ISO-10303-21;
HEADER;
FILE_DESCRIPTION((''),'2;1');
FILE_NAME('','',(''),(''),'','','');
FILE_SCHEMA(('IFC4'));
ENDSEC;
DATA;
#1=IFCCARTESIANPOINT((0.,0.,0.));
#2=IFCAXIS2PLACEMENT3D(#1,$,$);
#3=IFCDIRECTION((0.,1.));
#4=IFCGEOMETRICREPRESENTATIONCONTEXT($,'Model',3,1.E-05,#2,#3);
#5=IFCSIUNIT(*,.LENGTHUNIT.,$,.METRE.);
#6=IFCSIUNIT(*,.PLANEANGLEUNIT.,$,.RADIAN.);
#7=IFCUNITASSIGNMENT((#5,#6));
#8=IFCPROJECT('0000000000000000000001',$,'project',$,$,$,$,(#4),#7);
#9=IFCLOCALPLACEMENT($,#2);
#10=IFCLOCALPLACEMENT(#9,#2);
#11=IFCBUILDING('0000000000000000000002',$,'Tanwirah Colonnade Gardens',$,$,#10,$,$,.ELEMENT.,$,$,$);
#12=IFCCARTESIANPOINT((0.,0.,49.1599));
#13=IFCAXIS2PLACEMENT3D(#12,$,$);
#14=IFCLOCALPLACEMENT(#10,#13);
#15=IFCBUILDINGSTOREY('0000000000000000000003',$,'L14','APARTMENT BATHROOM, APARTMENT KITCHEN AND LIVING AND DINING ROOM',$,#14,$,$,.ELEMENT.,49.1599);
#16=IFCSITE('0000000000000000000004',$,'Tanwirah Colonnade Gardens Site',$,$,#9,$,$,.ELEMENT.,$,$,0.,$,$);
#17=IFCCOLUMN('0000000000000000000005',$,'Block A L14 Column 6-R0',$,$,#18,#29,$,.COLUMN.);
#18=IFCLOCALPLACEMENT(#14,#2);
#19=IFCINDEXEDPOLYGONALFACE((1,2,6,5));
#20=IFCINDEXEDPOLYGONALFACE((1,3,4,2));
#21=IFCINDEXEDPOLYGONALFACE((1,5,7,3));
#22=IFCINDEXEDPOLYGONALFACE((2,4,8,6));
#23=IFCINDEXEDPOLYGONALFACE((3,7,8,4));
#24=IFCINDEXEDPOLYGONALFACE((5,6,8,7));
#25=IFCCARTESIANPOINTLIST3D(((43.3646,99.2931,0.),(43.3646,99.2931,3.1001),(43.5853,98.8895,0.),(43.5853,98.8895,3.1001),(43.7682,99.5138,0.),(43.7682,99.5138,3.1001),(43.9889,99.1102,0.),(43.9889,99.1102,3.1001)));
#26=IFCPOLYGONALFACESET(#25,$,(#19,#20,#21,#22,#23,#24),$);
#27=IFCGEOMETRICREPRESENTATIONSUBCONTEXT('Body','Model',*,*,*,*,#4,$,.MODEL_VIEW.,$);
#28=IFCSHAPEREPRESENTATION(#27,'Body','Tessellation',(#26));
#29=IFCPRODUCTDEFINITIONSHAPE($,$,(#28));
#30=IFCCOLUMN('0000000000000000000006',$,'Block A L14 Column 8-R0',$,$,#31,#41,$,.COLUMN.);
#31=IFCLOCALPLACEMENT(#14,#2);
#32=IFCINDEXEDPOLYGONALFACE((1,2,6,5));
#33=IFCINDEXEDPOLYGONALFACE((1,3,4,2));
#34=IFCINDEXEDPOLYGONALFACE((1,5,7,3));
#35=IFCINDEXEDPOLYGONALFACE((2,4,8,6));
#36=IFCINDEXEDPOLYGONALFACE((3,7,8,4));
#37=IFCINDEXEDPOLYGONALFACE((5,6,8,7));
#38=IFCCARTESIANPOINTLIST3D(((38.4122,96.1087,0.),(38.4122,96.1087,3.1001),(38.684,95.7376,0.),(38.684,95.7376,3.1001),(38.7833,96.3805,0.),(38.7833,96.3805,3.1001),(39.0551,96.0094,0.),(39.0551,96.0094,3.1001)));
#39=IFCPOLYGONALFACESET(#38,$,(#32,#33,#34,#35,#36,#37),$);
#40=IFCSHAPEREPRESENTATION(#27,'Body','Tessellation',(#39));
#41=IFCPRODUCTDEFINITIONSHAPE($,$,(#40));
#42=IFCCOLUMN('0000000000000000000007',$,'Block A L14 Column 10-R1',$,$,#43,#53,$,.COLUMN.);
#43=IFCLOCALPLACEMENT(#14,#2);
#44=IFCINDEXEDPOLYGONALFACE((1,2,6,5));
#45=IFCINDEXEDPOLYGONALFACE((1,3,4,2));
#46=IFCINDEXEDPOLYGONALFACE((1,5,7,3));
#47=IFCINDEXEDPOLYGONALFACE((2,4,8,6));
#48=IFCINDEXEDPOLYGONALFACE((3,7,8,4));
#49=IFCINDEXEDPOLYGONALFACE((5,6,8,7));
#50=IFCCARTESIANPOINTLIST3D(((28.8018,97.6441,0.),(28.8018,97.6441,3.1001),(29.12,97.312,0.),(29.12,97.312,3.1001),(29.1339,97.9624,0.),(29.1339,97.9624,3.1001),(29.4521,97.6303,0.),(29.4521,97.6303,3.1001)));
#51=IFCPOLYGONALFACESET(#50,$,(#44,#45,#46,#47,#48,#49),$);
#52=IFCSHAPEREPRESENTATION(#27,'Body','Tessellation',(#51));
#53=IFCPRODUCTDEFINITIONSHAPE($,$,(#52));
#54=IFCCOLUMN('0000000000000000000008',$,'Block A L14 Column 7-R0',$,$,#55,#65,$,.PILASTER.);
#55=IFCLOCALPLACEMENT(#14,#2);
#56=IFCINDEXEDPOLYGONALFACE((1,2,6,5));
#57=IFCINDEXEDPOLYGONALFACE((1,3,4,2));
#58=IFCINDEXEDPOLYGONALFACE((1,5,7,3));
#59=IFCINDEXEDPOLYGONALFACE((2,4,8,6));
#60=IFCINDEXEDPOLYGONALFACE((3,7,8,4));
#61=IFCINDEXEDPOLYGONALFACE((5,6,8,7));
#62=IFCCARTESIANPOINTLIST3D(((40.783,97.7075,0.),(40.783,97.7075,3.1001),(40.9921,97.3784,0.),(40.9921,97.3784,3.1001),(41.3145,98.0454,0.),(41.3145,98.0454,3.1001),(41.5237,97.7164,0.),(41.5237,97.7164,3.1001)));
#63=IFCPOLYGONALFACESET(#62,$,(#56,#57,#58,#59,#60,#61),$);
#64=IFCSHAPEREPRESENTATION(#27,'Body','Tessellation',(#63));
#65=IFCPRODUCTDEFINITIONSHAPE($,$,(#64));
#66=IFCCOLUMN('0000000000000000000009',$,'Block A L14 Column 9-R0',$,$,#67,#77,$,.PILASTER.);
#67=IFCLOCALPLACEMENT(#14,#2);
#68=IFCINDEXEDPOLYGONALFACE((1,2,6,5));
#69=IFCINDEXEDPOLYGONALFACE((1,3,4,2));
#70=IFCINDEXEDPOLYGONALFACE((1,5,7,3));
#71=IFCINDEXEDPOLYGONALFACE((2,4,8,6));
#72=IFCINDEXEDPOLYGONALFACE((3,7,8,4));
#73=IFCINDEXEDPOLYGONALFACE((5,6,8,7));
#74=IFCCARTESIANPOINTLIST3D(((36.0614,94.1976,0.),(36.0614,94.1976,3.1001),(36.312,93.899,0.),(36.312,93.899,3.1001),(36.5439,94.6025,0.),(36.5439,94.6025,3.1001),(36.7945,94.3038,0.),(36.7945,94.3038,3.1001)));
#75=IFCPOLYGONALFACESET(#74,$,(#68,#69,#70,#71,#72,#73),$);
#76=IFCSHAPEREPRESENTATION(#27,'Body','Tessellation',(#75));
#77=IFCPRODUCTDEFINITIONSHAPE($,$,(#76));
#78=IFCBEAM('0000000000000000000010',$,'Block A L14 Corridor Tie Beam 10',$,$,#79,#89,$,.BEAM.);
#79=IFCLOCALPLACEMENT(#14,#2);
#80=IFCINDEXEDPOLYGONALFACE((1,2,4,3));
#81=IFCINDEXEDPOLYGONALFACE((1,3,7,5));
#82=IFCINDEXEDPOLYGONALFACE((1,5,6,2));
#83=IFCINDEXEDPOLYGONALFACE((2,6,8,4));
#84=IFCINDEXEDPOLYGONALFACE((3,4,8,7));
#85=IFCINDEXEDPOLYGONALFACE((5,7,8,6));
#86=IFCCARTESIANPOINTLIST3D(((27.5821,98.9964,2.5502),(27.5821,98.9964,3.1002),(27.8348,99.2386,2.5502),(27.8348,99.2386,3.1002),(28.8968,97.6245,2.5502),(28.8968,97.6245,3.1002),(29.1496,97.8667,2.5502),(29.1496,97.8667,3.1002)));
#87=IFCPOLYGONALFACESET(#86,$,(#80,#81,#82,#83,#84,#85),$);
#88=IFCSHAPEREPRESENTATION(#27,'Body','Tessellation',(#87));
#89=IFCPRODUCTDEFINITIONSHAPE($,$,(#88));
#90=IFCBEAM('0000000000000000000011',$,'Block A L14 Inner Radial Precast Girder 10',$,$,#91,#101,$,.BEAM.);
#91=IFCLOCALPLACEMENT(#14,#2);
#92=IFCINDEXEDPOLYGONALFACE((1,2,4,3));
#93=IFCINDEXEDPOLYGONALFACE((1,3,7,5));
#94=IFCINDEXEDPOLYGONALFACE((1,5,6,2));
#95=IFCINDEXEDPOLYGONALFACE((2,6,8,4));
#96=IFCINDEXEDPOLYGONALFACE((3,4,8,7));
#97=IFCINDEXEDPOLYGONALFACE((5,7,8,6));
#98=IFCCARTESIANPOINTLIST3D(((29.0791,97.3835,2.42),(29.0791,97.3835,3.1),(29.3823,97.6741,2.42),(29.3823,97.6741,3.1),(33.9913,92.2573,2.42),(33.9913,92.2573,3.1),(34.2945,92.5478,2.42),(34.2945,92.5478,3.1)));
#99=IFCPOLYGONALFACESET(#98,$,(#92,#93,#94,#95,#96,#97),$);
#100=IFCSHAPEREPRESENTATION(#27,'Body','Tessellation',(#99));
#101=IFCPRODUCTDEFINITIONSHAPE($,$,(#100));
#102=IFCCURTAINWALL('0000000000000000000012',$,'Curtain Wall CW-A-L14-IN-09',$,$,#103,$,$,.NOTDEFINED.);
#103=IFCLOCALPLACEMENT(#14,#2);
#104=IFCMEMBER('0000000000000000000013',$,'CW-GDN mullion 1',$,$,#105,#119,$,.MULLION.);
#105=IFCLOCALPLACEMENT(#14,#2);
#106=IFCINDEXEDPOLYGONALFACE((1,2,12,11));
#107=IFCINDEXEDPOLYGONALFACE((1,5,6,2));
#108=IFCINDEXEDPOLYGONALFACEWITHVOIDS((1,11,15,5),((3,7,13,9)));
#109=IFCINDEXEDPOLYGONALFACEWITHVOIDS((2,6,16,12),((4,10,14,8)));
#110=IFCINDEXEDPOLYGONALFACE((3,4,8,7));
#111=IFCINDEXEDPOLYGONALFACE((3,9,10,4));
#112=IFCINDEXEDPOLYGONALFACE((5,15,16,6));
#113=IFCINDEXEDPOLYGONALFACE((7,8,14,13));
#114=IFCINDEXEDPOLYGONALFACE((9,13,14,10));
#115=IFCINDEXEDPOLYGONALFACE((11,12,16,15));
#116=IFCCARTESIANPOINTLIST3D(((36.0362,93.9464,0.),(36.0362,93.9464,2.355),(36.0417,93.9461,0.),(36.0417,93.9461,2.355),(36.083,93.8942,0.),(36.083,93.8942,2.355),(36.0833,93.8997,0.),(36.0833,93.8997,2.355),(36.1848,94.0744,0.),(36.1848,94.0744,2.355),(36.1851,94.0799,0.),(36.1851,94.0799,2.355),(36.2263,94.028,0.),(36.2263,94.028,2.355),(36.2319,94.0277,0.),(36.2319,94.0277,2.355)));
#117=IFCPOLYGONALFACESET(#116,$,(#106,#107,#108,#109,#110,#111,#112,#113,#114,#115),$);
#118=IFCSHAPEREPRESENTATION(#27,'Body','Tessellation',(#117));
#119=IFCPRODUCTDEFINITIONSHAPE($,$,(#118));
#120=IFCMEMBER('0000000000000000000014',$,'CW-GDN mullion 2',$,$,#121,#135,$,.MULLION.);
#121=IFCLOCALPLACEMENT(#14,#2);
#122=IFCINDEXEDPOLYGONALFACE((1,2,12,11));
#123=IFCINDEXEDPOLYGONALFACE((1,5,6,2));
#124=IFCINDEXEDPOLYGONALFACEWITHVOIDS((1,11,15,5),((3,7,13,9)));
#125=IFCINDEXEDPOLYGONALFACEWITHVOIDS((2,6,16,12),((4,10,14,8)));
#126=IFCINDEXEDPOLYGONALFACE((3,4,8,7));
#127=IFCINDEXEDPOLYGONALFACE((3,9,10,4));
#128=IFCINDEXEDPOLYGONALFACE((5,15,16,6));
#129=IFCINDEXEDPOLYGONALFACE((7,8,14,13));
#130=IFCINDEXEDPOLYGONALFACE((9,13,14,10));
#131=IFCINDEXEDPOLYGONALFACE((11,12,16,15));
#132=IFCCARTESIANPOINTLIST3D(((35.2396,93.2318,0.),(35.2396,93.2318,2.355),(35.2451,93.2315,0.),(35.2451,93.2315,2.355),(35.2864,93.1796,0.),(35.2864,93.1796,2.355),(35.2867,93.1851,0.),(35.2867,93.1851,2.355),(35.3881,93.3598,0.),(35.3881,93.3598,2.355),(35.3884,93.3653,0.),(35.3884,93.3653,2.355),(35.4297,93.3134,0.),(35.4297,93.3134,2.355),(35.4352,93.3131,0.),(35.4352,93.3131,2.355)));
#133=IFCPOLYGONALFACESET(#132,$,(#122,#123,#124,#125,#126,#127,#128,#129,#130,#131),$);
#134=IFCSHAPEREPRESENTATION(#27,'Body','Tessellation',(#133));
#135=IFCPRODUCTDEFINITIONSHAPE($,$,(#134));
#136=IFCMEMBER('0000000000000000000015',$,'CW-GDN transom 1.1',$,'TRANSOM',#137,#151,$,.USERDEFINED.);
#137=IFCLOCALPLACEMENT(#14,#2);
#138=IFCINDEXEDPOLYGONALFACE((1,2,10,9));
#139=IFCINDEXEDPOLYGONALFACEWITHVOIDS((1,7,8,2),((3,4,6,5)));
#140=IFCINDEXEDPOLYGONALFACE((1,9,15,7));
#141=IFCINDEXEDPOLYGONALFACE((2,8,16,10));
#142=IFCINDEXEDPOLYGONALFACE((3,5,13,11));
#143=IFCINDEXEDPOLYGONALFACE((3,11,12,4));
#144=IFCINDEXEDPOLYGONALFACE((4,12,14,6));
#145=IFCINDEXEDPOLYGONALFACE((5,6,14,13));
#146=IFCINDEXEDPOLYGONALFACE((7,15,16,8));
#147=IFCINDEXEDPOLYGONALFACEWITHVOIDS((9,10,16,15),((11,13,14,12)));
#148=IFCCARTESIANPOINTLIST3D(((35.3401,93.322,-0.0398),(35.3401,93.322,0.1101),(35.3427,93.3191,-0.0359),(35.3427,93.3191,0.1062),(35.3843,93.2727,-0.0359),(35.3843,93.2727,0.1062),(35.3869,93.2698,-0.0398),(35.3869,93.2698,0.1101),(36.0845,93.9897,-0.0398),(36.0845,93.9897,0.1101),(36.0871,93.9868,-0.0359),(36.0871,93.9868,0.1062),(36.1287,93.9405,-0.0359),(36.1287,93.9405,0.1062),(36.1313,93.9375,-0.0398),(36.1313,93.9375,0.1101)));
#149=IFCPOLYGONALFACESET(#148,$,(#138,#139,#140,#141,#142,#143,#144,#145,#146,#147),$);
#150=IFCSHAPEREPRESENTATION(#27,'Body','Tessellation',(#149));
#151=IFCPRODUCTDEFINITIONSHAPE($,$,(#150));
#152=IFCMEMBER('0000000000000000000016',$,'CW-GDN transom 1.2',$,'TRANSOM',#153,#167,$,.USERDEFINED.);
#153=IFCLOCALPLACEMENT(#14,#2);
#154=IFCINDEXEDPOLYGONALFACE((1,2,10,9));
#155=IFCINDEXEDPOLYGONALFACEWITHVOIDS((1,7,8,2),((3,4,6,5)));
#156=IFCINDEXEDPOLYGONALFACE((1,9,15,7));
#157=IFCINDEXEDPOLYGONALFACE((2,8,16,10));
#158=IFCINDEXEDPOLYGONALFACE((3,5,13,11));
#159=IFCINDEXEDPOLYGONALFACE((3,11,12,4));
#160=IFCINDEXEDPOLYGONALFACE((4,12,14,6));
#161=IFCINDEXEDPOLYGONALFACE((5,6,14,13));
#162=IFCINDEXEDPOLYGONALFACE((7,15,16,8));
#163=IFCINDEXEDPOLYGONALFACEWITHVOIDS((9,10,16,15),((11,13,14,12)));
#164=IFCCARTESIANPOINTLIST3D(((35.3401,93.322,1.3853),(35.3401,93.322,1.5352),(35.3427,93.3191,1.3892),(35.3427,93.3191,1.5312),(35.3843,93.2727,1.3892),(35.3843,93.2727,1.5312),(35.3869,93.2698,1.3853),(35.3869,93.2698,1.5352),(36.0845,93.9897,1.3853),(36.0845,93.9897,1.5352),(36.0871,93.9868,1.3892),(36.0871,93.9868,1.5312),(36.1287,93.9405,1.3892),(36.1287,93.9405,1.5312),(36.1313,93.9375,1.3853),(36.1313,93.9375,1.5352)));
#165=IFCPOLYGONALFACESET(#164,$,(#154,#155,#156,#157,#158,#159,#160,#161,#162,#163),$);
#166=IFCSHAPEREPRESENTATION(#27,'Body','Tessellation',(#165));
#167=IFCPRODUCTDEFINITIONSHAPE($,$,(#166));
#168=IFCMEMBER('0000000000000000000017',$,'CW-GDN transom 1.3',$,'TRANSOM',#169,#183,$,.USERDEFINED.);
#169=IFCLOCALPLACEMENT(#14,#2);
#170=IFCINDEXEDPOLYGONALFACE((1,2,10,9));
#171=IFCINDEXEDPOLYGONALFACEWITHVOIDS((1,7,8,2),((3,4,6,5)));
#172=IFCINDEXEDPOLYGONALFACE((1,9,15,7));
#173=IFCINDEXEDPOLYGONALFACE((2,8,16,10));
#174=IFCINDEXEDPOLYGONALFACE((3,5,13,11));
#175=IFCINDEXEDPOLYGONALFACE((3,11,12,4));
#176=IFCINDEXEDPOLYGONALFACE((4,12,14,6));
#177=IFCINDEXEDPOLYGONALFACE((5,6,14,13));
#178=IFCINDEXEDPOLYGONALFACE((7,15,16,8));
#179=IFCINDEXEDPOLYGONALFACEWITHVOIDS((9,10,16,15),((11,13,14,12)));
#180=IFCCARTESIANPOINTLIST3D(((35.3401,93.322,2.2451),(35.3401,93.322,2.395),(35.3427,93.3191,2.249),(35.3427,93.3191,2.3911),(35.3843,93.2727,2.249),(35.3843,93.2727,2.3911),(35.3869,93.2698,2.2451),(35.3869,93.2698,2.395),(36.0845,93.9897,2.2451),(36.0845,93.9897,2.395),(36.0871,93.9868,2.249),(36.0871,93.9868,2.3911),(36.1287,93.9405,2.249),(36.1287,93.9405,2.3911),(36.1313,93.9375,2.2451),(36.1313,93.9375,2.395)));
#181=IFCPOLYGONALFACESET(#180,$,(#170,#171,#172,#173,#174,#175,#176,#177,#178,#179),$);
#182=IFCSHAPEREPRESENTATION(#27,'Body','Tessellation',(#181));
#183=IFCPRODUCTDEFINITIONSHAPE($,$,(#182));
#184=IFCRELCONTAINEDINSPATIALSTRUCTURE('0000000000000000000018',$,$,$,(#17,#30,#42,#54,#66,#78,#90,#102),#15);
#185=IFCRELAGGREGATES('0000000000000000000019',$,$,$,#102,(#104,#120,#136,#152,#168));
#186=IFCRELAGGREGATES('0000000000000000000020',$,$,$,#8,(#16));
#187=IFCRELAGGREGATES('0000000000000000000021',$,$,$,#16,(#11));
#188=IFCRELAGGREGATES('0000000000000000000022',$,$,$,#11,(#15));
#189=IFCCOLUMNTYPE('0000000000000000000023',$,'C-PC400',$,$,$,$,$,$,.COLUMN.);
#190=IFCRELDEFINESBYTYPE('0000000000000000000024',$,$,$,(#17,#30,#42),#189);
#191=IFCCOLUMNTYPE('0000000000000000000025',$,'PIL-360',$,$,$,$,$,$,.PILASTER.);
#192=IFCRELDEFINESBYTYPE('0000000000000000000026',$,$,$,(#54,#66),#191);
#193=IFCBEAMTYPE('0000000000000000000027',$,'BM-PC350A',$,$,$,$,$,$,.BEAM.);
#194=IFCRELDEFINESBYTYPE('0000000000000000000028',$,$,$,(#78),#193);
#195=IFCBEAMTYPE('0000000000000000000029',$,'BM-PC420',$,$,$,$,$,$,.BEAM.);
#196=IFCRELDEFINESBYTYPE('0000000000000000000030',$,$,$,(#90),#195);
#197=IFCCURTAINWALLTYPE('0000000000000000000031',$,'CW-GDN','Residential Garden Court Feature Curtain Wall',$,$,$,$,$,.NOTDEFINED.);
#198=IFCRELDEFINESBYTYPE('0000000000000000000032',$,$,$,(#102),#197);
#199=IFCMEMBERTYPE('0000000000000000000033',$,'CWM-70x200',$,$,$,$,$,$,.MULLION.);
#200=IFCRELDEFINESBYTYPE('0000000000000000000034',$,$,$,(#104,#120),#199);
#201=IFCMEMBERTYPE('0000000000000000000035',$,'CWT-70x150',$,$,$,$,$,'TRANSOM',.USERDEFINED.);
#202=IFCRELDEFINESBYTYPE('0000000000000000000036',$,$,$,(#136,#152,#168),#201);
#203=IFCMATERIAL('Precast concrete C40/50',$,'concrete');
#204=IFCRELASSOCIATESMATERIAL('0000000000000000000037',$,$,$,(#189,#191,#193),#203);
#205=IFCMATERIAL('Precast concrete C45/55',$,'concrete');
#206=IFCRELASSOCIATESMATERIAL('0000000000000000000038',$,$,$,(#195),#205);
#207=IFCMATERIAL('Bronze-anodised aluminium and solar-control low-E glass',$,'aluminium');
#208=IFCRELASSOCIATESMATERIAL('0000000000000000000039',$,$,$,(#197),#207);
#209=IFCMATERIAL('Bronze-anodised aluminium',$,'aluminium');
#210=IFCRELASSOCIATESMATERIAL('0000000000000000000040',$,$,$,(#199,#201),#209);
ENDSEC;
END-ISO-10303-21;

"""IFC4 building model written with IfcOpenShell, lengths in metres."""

from ifc_helpers import new_model, si_unit, direction, frame, origin, origin_2d, place, context, subcontext, project, spatial, rectangle, hollow_rectangle, extrude, material, material_profile, profile_set, type_object, element, aggregate, save


model = new_model("IFC4")

# Units and contexts
model_context = context("Model", 3, precision=1e-05, world=origin(), true_north=direction((0.0, 1.0)))
body_context = subcontext(model_context, "Body", "Model", "MODEL_VIEW")
ifc_project = project(units=[si_unit("LENGTHUNIT", "METRE"), si_unit("PLANEANGLEUNIT", "RADIAN")], contexts=[model_context])

# Site, building, storey
site_placement = place(None, origin())
site = spatial("IfcSite", under=ifc_project, at=site_placement, Name="Tanwirah Colonnade Gardens Site", CompositionType="ELEMENT", RefElevation=0.0)
building_placement = place(site_placement, origin())
building = spatial("IfcBuilding", under=site, at=building_placement, Name="Tanwirah Colonnade Gardens", CompositionType="ELEMENT")
storey_placement = place(building_placement, frame((0.0, 0.0, 49.1599)))
storey = spatial("IfcBuildingStorey", under=building, at=storey_placement, Name="L14", Description="APARTMENT BATHROOM, APARTMENT KITCHEN AND LIVING AND DINING ROOM", CompositionType="ELEMENT", Elevation=49.1599)

# Columns
ifc_material_1 = material(Name="Precast concrete C40/50", Category="concrete")
ifc_material_profile_1 = material_profile(ifc_material_1, rectangle(XDim=0.46, YDim=0.46, at=origin_2d()), Name="PC-COL 460x460")
ifc_profile_set_1 = profile_set([ifc_material_profile_1], Name="Precast concrete C40/50")
column_type_1 = type_object("IfcColumnType", Name="C-PC400", PredefinedType="COLUMN", material=ifc_profile_set_1)
for number, where, z_axis, x_axis, name in (
    (1, (43.6768, 99.2017, 0.0), (0.0, 0.0, 1.0), (-0.479713, 0.877425, 0.0), "Block A L14 Column 6-R0"),
    (2, (38.7336, 96.0591, 0.0), (0.0, 0.0, 1.0), (-0.590919, 0.806731, 0.0), "Block A L14 Column 8-R0"),
    (3, (29.127, 97.6372, 0.0), (0.0, 0.0, 1.0), (-0.691863, 0.722029, 0.0), "Block A L14 Column 10-R1"),
):
    element("IfcColumn", number, at=place(storey_placement, frame(where, z_axis=z_axis, x_axis=x_axis)), inside=storey, type_object=column_type_1, Name=name, PredefinedType="COLUMN", context=body_context, shape_type="SweptSolid", body=[
        extrude(rectangle(XDim=0.46, YDim=0.46, at=origin_2d()), origin(), (0.0, 0.0, 1.0), 3.1001),
    ])
ifc_material_profile_2 = material_profile(ifc_material_1, rectangle(XDim=0.3899, YDim=0.6299, at=origin_2d()), Name="PC-PIL 390x630")
ifc_profile_set_2 = profile_set([ifc_material_profile_2], Name="Precast concrete C40/50")
column_type_2 = type_object("IfcColumnType", Name="PIL-360", PredefinedType="PILASTER", material=ifc_profile_set_2)
for number, where, z_axis, x_axis, name in (
    (4, (41.1533, 97.7119, 0.0), (0.0, 0.0, 1.0), (-0.536482, 0.843912, 0.0), "Block A L14 Column 7-R0"),
    (5, (36.428, 94.2507, 0.0), (0.0, 0.0, 1.0), (-0.642788, 0.766044, 0.0), "Block A L14 Column 9-R0"),
):
    element("IfcColumn", number, at=place(storey_placement, frame(where, z_axis=z_axis, x_axis=x_axis)), inside=storey, type_object=column_type_2, Name=name, PredefinedType="PILASTER", context=body_context, shape_type="SweptSolid", body=[
        extrude(rectangle(XDim=0.3899, YDim=0.6299, at=origin_2d()), origin(), (0.0, 0.0, 1.0), 3.1001),
    ])

# Beams
ifc_material_profile_3 = material_profile(ifc_material_1, rectangle(XDim=0.3501, YDim=0.55, at=origin_2d()), Name="PC-BM 350x550")
ifc_profile_set_3 = profile_set([ifc_material_profile_3], Name="Precast concrete C40/50")
beam_type_1 = type_object("IfcBeamType", Name="BM-PC350A", PredefinedType="BEAM", material=ifc_profile_set_3)
beam_1_placement = place(storey_placement, frame((29.0232, 97.7456, 2.8252), z_axis=(-0.691914, 0.72198, 0.0), x_axis=(-0.72198, -0.691914, 0.0)))
element("IfcBeam", 6, at=beam_1_placement, inside=storey, type_object=beam_type_1, Name="Block A L14 Corridor Tie Beam 10", PredefinedType="BEAM", context=body_context, shape_type="SweptSolid", body=[
    extrude(rectangle(XDim=0.3501, YDim=0.55, at=origin_2d()), origin(), (0.0, 0.0, 1.0), 1.9001),
])
ifc_material_2 = material(Name="Precast concrete C45/55", Category="concrete")
ifc_material_profile_4 = material_profile(ifc_material_2, rectangle(XDim=0.4199, YDim=0.6799, at=origin_2d()), Name="PC-BM 420x680")
ifc_profile_set_4 = profile_set([ifc_material_profile_4], Name="Precast concrete C45/55")
beam_type_2 = type_object("IfcBeamType", Name="BM-PC420", PredefinedType="BEAM", material=ifc_profile_set_4)
beam_2_placement = place(storey_placement, frame((29.2307, 97.5288, 2.76), z_axis=(0.691867, -0.722025, 0.0), x_axis=(0.722025, 0.691867, 0.0)))
element("IfcBeam", 7, at=beam_2_placement, inside=storey, type_object=beam_type_2, Name="Block A L14 Inner Radial Precast Girder 10", PredefinedType="BEAM", context=body_context, shape_type="SweptSolid", body=[
    extrude(rectangle(XDim=0.4199, YDim=0.6799, at=origin_2d()), origin(), (0.0, 0.0, 1.0), 7.0999),
])

# Curtain wall, members
ifc_material_3 = material(Name="Bronze-anodised aluminium and solar-control low-E glass", Category="aluminium")
curtain_wall_type = type_object("IfcCurtainWallType", Name="CW-GDN", Description="Residential Garden Court Feature Curtain Wall", PredefinedType="NOTDEFINED", material=ifc_material_3)
curtain_wall_placement = place(storey_placement, origin())
curtain_wall = element("IfcCurtainWall", 8, at=curtain_wall_placement, inside=storey, type_object=curtain_wall_type, Name="Curtain Wall CW-A-L14-IN-09", PredefinedType="NOTDEFINED")
ifc_material_4 = material(Name="Bronze-anodised aluminium", Category="aluminium")
ifc_material_profile_5 = material_profile(ifc_material_4, hollow_rectangle(XDim=0.0701, YDim=0.2, WallThickness=0.0039, at=origin_2d()), Name="CW-MUL 70x200x4")
ifc_profile_set_5 = profile_set([ifc_material_profile_5], Name="Bronze-anodised aluminium")
member_type_1 = type_object("IfcMemberType", Name="CWM-70x200", PredefinedType="MULLION", material=ifc_profile_set_5)
member_1_placement = place(storey_placement, frame((36.134, 93.9871, 0.0), z_axis=(0.0, 0.0, 1.0), x_axis=(0.667689, -0.74444, 0.0)))
member_1 = element("IfcMember", 9, at=member_1_placement, type_object=member_type_1, Name="CW-GDN mullion 1", PredefinedType="MULLION", context=body_context, shape_type="SweptSolid", body=[
    extrude(hollow_rectangle(XDim=0.0701, YDim=0.2, WallThickness=0.0039, at=origin_2d()), origin(), (0.0, 0.0, 1.0), 2.355),
])
member_2_placement = place(storey_placement, frame((35.3374, 93.2725, 0.0), z_axis=(0.0, 0.0, 1.0), x_axis=(0.667689, -0.74444, 0.0)))
member_2 = element("IfcMember", 10, at=member_2_placement, type_object=member_type_1, Name="CW-GDN mullion 2", PredefinedType="MULLION", context=body_context, shape_type="SweptSolid", body=[
    extrude(hollow_rectangle(XDim=0.0701, YDim=0.2, WallThickness=0.0039, at=origin_2d()), origin(), (0.0, 0.0, 1.0), 2.355),
])
ifc_material_profile_6 = material_profile(ifc_material_4, hollow_rectangle(XDim=0.0701, YDim=0.1499, WallThickness=0.0039, at=origin_2d()), Name="CW-TRN 70x150x4")
ifc_profile_set_6 = profile_set([ifc_material_profile_6], Name="Bronze-anodised aluminium")
member_type_2 = type_object("IfcMemberType", Name="CWT-70x150", ElementType="TRANSOM", PredefinedType="USERDEFINED", material=ifc_profile_set_6)
member_3_placement = place(storey_placement, frame((36.1079, 93.9636, 0.0352), z_axis=(-0.744398, -0.667736, 0.0), x_axis=(0.667736, -0.744398, 0.0)))
member_3 = element("IfcMember", 11, at=member_3_placement, type_object=member_type_2, Name="CW-GDN transom 1.1", ObjectType="TRANSOM", PredefinedType="USERDEFINED", context=body_context, shape_type="SweptSolid", body=[
    extrude(hollow_rectangle(XDim=0.0701, YDim=0.1499, WallThickness=0.0039, at=origin_2d()), origin(), (0.0, 0.0, 1.0), 1.0),
])
member_4_placement = place(storey_placement, frame((36.1079, 93.9636, 1.4602), z_axis=(-0.744398, -0.667736, 0.0), x_axis=(0.667736, -0.744398, 0.0)))
member_4 = element("IfcMember", 12, at=member_4_placement, type_object=member_type_2, Name="CW-GDN transom 1.2", ObjectType="TRANSOM", PredefinedType="USERDEFINED", context=body_context, shape_type="SweptSolid", body=[
    extrude(hollow_rectangle(XDim=0.0701, YDim=0.1499, WallThickness=0.0039, at=origin_2d()), origin(), (0.0, 0.0, 1.0), 1.0),
])
member_5_placement = place(storey_placement, frame((36.1079, 93.9636, 2.3201), z_axis=(-0.744398, -0.667736, 0.0), x_axis=(0.667736, -0.744398, 0.0)))
member_5 = element("IfcMember", 13, at=member_5_placement, type_object=member_type_2, Name="CW-GDN transom 1.3", ObjectType="TRANSOM", PredefinedType="USERDEFINED", context=body_context, shape_type="SweptSolid", body=[
    extrude(hollow_rectangle(XDim=0.0701, YDim=0.1499, WallThickness=0.0039, at=origin_2d()), origin(), (0.0, 0.0, 1.0), 1.0),
])

aggregate(curtain_wall, [member_1, member_2, member_3, member_4, member_5])

save(model, "model.ifc")
